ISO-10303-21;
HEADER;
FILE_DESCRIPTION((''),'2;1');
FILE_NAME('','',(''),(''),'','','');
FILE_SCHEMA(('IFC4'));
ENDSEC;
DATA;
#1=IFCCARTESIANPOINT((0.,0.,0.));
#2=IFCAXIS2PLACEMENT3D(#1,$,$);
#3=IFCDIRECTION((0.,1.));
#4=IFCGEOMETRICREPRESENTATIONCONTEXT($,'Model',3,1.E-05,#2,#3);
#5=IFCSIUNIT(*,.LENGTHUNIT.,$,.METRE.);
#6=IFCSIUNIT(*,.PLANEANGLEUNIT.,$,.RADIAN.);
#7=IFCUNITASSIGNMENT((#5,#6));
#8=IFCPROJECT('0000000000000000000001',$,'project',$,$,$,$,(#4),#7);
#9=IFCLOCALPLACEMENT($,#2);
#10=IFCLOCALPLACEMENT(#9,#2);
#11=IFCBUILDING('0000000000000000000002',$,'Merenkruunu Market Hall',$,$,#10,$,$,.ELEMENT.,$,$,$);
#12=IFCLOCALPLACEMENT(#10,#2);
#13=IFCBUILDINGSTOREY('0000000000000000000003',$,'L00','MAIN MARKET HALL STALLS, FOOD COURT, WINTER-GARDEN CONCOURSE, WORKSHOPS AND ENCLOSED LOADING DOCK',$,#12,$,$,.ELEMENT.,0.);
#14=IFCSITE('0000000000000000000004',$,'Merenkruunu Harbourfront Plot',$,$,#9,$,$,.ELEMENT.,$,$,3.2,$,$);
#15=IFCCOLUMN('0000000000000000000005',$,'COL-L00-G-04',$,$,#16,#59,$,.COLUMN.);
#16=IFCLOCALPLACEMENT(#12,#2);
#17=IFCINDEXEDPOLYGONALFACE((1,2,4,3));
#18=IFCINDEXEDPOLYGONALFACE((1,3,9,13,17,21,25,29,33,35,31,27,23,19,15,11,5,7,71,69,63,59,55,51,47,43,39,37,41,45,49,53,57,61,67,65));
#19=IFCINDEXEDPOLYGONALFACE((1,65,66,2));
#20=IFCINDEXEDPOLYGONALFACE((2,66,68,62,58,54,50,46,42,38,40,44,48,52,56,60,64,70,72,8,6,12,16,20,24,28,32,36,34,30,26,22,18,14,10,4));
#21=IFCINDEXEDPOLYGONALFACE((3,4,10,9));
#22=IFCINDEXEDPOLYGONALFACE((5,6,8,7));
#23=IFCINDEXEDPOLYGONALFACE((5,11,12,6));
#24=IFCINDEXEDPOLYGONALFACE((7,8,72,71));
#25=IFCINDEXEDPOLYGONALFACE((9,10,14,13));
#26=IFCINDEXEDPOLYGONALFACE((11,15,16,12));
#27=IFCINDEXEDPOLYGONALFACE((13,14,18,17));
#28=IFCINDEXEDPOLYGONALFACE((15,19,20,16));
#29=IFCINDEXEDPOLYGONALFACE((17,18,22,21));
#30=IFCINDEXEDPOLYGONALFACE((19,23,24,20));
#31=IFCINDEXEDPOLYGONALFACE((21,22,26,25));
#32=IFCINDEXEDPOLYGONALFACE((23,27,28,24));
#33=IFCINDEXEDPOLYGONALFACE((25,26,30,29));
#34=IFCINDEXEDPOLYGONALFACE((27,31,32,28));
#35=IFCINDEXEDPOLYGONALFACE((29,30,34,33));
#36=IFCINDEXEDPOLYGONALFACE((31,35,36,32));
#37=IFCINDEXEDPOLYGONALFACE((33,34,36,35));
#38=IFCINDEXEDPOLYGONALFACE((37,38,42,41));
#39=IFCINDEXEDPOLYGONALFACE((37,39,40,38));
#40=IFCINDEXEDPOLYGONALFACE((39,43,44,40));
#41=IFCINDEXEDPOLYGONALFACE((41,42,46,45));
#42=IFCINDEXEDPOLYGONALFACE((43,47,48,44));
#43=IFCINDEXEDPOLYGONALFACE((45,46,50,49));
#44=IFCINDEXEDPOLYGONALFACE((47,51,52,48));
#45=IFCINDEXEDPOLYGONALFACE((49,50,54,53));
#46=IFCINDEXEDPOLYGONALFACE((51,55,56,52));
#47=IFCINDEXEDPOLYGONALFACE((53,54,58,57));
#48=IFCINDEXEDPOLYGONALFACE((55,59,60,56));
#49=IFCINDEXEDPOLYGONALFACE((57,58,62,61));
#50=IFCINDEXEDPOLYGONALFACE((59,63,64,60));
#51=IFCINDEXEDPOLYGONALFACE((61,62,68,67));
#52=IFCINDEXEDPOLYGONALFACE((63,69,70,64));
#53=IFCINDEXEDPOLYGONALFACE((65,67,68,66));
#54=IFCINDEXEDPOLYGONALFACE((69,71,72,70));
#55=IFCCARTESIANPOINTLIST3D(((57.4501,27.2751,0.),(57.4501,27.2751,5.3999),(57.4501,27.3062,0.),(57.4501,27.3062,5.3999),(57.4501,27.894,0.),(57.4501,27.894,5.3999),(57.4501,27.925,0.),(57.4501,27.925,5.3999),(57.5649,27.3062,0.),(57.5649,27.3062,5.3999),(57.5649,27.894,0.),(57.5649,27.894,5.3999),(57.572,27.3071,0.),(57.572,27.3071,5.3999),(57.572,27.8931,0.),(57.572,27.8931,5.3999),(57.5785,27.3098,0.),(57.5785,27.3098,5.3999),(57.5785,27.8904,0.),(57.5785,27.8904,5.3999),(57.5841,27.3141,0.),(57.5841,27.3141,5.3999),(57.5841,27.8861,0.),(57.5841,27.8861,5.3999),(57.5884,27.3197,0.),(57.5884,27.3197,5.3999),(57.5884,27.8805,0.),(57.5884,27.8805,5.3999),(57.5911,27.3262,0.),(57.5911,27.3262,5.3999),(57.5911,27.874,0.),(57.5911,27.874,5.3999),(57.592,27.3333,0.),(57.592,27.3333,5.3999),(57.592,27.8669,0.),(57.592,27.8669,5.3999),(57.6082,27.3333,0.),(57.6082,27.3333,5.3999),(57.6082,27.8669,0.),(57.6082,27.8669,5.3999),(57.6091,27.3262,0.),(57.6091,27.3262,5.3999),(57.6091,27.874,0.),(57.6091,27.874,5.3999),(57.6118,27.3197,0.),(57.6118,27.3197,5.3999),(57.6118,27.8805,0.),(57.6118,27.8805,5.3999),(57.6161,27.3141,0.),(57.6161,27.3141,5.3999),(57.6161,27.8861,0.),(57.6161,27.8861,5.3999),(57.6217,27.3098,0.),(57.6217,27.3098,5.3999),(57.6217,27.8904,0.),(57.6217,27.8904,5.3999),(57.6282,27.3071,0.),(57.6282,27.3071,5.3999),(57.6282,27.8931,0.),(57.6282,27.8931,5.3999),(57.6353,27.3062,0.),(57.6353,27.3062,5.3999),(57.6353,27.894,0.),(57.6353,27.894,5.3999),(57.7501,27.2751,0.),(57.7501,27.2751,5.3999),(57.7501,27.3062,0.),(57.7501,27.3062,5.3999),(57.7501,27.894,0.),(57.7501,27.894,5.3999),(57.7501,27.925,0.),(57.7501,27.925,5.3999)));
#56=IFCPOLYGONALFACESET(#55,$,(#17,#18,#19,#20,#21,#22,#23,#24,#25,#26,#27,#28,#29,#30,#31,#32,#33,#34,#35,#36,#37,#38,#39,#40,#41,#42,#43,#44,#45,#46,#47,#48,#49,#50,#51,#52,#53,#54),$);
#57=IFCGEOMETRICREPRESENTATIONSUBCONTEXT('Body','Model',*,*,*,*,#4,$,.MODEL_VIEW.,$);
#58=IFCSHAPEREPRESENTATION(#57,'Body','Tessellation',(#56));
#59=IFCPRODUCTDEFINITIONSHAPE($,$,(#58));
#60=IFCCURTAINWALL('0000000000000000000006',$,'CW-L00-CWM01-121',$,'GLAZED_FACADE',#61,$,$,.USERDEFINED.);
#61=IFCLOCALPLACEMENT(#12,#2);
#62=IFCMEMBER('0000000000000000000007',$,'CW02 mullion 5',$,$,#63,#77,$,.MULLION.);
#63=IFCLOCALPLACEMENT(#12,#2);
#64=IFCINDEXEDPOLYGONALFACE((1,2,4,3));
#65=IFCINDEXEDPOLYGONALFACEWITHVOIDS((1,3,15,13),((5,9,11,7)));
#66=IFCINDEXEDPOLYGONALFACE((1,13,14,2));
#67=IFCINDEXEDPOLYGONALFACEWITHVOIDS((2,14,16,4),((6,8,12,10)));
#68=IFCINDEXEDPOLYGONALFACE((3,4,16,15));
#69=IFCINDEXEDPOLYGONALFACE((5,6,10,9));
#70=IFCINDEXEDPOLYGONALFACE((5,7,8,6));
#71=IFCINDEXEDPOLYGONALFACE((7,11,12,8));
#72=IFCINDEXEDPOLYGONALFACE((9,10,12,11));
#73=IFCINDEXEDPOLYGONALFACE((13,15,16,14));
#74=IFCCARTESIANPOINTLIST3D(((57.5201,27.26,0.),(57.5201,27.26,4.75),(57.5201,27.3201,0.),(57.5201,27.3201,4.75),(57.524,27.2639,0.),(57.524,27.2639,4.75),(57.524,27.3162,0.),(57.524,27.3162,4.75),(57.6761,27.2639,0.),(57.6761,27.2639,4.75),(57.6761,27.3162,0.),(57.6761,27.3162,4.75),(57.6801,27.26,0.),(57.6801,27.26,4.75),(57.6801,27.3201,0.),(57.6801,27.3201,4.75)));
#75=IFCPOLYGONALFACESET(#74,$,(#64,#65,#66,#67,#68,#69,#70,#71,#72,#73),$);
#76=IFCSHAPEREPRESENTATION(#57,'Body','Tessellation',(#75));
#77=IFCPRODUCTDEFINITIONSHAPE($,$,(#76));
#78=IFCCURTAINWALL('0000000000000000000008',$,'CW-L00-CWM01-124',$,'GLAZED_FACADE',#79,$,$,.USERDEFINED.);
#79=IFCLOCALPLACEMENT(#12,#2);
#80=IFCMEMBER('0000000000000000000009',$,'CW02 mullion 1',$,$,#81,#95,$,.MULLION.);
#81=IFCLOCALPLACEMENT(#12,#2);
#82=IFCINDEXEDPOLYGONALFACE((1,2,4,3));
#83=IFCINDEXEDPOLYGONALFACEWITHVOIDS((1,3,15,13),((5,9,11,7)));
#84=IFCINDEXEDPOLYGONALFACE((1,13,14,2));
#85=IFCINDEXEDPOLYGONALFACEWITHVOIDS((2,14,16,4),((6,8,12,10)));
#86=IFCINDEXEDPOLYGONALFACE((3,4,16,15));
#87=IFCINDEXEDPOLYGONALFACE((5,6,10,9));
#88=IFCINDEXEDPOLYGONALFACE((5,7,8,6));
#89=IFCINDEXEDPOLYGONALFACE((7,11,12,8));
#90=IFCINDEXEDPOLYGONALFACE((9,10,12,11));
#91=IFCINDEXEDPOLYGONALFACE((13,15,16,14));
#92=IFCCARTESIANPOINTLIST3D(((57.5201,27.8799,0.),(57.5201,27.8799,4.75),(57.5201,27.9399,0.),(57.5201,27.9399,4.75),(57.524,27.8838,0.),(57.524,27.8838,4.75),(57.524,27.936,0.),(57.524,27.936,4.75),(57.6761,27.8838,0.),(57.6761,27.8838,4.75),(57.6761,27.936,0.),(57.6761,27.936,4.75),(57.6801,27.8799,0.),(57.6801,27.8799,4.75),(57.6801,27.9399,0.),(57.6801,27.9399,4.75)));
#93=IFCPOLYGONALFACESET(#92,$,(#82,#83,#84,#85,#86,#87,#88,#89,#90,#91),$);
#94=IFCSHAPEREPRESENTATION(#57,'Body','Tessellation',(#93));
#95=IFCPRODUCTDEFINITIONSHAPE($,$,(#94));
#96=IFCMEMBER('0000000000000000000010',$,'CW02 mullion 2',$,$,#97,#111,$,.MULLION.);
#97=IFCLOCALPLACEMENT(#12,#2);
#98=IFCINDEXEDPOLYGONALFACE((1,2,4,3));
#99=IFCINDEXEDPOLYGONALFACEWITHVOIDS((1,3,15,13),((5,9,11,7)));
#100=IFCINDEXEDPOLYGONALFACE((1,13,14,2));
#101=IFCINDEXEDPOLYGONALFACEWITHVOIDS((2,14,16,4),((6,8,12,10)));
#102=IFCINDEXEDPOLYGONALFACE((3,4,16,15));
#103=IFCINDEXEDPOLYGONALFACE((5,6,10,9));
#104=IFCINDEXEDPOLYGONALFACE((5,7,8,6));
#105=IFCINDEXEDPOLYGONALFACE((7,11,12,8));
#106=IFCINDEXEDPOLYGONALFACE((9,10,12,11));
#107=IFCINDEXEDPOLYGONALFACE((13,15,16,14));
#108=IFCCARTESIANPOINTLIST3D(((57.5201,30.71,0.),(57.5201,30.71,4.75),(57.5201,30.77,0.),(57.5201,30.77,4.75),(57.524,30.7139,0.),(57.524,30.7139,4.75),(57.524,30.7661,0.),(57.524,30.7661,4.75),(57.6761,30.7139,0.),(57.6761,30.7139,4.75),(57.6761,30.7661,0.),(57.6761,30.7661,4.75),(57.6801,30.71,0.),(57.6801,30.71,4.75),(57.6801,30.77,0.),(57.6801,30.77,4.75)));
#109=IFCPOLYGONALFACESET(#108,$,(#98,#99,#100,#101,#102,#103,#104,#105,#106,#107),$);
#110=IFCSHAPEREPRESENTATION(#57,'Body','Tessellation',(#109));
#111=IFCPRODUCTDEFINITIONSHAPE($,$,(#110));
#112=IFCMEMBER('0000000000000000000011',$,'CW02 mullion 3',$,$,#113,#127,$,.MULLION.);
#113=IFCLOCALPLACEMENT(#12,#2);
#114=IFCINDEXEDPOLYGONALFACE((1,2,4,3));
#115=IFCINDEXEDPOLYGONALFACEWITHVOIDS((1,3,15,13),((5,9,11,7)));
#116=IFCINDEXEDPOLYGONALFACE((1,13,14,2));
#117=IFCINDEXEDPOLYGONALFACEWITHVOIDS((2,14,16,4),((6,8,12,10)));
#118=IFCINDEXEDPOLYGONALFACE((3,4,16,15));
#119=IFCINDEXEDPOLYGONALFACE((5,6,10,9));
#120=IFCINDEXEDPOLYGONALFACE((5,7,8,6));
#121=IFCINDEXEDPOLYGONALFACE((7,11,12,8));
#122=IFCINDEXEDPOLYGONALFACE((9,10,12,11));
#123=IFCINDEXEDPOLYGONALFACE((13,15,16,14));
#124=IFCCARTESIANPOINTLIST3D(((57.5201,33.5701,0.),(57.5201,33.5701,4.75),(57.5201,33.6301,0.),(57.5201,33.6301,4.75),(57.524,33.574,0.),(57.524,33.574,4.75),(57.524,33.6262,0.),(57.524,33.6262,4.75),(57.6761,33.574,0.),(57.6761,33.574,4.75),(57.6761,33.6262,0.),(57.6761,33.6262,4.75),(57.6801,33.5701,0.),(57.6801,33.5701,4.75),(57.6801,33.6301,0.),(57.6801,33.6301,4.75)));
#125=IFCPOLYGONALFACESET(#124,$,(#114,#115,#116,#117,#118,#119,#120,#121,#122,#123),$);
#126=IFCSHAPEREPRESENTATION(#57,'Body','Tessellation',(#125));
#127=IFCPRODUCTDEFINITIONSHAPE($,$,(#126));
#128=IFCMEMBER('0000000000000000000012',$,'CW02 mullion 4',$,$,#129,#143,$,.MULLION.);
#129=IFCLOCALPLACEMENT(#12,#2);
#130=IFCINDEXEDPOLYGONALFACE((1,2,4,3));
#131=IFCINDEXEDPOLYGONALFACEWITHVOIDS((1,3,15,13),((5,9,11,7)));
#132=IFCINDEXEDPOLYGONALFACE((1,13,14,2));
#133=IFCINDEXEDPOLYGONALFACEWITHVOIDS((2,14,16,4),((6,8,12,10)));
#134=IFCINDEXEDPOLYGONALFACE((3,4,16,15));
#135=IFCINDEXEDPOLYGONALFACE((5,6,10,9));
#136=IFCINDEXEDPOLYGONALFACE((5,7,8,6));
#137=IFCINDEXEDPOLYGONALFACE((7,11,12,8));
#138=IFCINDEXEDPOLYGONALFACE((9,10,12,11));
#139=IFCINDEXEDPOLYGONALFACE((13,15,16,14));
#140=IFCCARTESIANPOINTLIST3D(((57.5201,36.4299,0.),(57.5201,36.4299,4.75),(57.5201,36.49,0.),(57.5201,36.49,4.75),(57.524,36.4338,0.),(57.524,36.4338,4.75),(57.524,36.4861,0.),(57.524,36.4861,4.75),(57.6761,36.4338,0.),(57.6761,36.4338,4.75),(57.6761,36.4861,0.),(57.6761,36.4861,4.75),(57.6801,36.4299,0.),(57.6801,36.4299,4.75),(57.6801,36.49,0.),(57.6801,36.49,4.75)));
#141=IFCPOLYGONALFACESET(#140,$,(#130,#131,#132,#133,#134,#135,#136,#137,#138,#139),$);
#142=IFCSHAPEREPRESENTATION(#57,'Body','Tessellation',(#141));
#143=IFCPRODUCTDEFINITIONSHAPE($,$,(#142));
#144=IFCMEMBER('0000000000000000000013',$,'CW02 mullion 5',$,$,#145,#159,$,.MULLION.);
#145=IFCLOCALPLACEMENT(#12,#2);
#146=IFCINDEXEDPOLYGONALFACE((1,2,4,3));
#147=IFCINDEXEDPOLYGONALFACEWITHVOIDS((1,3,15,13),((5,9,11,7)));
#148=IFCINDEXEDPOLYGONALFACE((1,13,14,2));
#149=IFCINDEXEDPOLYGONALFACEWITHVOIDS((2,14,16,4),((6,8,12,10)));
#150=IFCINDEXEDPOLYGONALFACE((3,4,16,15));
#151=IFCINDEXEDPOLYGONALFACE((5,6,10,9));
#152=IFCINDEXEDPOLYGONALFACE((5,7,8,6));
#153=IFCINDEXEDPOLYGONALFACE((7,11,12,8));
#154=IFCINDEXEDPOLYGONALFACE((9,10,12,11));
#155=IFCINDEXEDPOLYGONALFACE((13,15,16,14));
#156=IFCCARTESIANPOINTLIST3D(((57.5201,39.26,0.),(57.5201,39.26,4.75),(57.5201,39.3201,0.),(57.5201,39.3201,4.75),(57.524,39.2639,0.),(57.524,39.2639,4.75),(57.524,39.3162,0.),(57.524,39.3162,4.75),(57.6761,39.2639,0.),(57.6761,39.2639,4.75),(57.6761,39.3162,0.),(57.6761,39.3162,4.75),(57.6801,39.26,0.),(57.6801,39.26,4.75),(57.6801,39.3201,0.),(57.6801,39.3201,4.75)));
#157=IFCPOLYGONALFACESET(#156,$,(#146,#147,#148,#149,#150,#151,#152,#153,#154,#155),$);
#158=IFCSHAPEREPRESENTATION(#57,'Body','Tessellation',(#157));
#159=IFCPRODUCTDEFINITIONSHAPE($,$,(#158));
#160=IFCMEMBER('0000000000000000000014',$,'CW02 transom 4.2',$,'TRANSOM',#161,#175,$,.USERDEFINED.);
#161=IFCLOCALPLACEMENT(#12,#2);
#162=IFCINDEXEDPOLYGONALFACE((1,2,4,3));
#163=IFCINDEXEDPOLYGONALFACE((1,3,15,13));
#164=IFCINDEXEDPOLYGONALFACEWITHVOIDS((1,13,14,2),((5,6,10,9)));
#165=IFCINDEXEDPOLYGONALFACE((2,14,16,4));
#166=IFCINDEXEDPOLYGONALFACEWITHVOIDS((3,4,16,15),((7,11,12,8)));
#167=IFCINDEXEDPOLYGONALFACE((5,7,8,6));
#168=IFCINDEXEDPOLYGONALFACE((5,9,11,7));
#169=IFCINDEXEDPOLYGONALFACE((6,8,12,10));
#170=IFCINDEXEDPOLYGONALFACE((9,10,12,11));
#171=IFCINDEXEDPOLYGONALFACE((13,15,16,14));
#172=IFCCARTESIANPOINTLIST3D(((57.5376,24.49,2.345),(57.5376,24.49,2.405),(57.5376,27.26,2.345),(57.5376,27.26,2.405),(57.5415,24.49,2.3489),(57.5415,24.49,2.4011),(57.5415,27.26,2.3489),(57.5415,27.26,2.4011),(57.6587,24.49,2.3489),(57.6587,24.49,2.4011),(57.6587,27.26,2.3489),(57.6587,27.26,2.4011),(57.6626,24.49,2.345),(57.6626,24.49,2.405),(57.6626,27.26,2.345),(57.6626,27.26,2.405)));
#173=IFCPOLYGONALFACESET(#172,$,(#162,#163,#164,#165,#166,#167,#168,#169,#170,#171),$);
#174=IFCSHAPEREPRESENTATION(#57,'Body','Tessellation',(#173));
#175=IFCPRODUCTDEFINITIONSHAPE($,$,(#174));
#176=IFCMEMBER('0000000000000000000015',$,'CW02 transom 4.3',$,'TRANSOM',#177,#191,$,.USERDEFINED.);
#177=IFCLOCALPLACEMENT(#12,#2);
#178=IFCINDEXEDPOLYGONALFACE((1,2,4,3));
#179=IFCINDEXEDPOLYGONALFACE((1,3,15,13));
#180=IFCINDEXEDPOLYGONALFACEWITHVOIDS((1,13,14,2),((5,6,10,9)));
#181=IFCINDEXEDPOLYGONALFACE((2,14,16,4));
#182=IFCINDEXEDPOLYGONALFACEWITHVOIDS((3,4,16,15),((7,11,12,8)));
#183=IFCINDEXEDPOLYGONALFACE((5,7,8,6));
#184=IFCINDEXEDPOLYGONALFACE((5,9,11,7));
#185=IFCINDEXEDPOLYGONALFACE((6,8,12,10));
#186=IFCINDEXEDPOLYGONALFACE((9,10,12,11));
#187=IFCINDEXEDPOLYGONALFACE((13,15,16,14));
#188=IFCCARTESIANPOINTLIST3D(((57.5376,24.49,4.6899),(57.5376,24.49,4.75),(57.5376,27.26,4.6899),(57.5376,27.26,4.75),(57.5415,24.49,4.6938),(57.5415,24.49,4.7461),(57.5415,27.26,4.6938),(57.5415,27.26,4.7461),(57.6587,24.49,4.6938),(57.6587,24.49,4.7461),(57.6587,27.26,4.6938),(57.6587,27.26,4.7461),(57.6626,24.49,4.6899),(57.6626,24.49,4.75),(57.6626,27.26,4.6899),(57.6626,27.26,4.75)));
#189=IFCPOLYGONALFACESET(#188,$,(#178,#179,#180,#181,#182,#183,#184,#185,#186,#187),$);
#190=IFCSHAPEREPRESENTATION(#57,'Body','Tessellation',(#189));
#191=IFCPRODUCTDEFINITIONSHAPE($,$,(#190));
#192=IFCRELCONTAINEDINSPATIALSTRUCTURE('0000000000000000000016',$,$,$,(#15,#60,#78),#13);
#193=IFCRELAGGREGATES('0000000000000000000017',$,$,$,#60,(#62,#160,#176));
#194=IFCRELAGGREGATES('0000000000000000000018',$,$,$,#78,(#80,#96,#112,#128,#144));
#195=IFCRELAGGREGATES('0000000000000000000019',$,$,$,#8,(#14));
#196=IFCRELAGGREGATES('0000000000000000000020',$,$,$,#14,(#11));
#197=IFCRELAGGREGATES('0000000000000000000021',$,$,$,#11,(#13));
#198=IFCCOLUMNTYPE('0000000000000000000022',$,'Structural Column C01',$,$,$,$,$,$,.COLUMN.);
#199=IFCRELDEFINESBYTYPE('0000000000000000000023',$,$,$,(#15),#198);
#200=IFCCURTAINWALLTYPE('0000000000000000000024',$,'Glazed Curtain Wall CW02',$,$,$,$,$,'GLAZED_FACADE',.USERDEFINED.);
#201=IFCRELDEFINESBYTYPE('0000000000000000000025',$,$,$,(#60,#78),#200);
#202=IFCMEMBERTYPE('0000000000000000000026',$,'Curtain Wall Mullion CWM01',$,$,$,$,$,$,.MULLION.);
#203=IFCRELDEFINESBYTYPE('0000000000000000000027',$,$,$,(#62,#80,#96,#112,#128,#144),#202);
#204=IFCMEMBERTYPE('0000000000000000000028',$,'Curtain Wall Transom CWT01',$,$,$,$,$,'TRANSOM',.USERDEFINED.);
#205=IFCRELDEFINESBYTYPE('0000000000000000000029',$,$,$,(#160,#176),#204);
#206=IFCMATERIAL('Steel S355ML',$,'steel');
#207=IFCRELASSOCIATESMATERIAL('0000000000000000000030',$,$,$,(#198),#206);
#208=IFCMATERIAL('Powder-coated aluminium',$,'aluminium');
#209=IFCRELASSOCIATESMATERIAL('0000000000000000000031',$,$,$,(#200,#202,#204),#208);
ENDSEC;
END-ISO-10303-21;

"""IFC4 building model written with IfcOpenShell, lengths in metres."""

from ifc_helpers import new_model, si_unit, direction, frame, origin, origin_2d, place, context, subcontext, project, spatial, hollow_rectangle, i_section, extrude, material, material_profile, profile_set, type_object, element, aggregate, save


model = new_model("IFC4")

# Units and contexts
model_context = context("Model", 3, precision=1e-05, world=origin(), true_north=direction((0.0, 1.0)))
body_context = subcontext(model_context, "Body", "Model", "MODEL_VIEW")
ifc_project = project(units=[si_unit("LENGTHUNIT", "METRE"), si_unit("PLANEANGLEUNIT", "RADIAN")], contexts=[model_context])

# Site, building, storey
site_placement = place(None, origin())
site = spatial("IfcSite", under=ifc_project, at=site_placement, Name="Merenkruunu Harbourfront Plot", CompositionType="ELEMENT", RefElevation=3.2)
building_placement = place(site_placement, origin())
building = spatial("IfcBuilding", under=site, at=building_placement, Name="Merenkruunu Market Hall", CompositionType="ELEMENT")
storey_placement = place(building_placement, origin())
storey = spatial("IfcBuildingStorey", under=building, at=storey_placement, Name="L00", Description="MAIN MARKET HALL STALLS, FOOD COURT, WINTER-GARDEN CONCOURSE, WORKSHOPS AND ENCLOSED LOADING DOCK", CompositionType="ELEMENT", Elevation=0.0)

# Column
ifc_material_1 = material(Name="Steel S355ML", Category="steel")
ifc_material_profile_1 = material_profile(ifc_material_1, i_section(OverallWidth=0.3, OverallDepth=0.6499, WebThickness=0.0161, FlangeThickness=0.031, FilletRadius=0.0271, at=origin_2d()), Name="HEB 650")
ifc_profile_set_1 = profile_set([ifc_material_profile_1], Name="Steel S355ML")
column_type = type_object("IfcColumnType", Name="Structural Column C01", PredefinedType="COLUMN", material=ifc_profile_set_1)
column_placement = place(storey_placement, frame((57.6001, 27.6001, 0.0), z_axis=(0.0, 0.0, 1.0), x_axis=(1.0, 0.0, 0.0)))
element("IfcColumn", 1, at=column_placement, inside=storey, type_object=column_type, Name="COL-L00-G-04", PredefinedType="COLUMN", context=body_context, shape_type="SweptSolid", body=[
    extrude(i_section(OverallWidth=0.3, OverallDepth=0.6499, WebThickness=0.0161, FlangeThickness=0.031, FilletRadius=0.0271, at=origin_2d()), origin(), (0.0, 0.0, 1.0), 5.3999),
])

# Curtain wall, member
ifc_material_2 = material(Name="Powder-coated aluminium", Category="aluminium")
curtain_wall_type = type_object("IfcCurtainWallType", Name="Glazed Curtain Wall CW02", ElementType="GLAZED_FACADE", PredefinedType="USERDEFINED", material=ifc_material_2)
curtain_wall_1_placement = place(storey_placement, origin())
curtain_wall_1 = element("IfcCurtainWall", 2, at=curtain_wall_1_placement, inside=storey, type_object=curtain_wall_type, Name="CW-L00-CWM01-121", ObjectType="GLAZED_FACADE", PredefinedType="USERDEFINED")
ifc_material_profile_2 = material_profile(ifc_material_2, hollow_rectangle(XDim=0.0601, YDim=0.1599, WallThickness=0.0039, at=origin_2d()), Name="ALU 60x160x4")
ifc_profile_set_2 = profile_set([ifc_material_profile_2], Name="Powder-coated aluminium")
member_type_1 = type_object("IfcMemberType", Name="Curtain Wall Mullion CWM01", PredefinedType="MULLION", material=ifc_profile_set_2)
member_1_placement = place(storey_placement, frame((57.6001, 27.29, 0.0), z_axis=(0.0, 0.0, 1.0), x_axis=(0.0, 1.0, 0.0)))
member_1 = element("IfcMember", 3, at=member_1_placement, type_object=member_type_1, Name="CW02 mullion 5", PredefinedType="MULLION", context=body_context, shape_type="SweptSolid", body=[
    extrude(hollow_rectangle(XDim=0.0601, YDim=0.1599, WallThickness=0.0039, at=origin_2d()), origin(), (0.0, 0.0, 1.0), 4.75),
])

# Curtain wall, members
curtain_wall_2_placement = place(storey_placement, origin())
curtain_wall_2 = element("IfcCurtainWall", 4, at=curtain_wall_2_placement, inside=storey, type_object=curtain_wall_type, Name="CW-L00-CWM01-124", ObjectType="GLAZED_FACADE", PredefinedType="USERDEFINED")
member_2_placement = place(storey_placement, frame((57.6001, 27.9099, 0.0), z_axis=(0.0, 0.0, 1.0), x_axis=(0.0, 1.0, 0.0)))
member_2 = element("IfcMember", 5, at=member_2_placement, type_object=member_type_1, Name="CW02 mullion 1", PredefinedType="MULLION", context=body_context, shape_type="SweptSolid", body=[
    extrude(hollow_rectangle(XDim=0.0601, YDim=0.1599, WallThickness=0.0039, at=origin_2d()), origin(), (0.0, 0.0, 1.0), 4.75),
])
member_3_placement = place(storey_placement, frame((57.6001, 30.74, 0.0), z_axis=(0.0, 0.0, 1.0), x_axis=(0.0, 1.0, 0.0)))
member_3 = element("IfcMember", 6, at=member_3_placement, type_object=member_type_1, Name="CW02 mullion 2", PredefinedType="MULLION", context=body_context, shape_type="SweptSolid", body=[
    extrude(hollow_rectangle(XDim=0.0601, YDim=0.1599, WallThickness=0.0039, at=origin_2d()), origin(), (0.0, 0.0, 1.0), 4.75),
])
member_4_placement = place(storey_placement, frame((57.6001, 33.6001, 0.0), z_axis=(0.0, 0.0, 1.0), x_axis=(0.0, 1.0, 0.0)))
member_4 = element("IfcMember", 7, at=member_4_placement, type_object=member_type_1, Name="CW02 mullion 3", PredefinedType="MULLION", context=body_context, shape_type="SweptSolid", body=[
    extrude(hollow_rectangle(XDim=0.0601, YDim=0.1599, WallThickness=0.0039, at=origin_2d()), origin(), (0.0, 0.0, 1.0), 4.75),
])
member_5_placement = place(storey_placement, frame((57.6001, 36.46, 0.0), z_axis=(0.0, 0.0, 1.0), x_axis=(0.0, 1.0, 0.0)))
member_5 = element("IfcMember", 8, at=member_5_placement, type_object=member_type_1, Name="CW02 mullion 4", PredefinedType="MULLION", context=body_context, shape_type="SweptSolid", body=[
    extrude(hollow_rectangle(XDim=0.0601, YDim=0.1599, WallThickness=0.0039, at=origin_2d()), origin(), (0.0, 0.0, 1.0), 4.75),
])
member_6_placement = place(storey_placement, frame((57.6001, 39.29, 0.0), z_axis=(0.0, 0.0, 1.0), x_axis=(0.0, 1.0, 0.0)))
member_6 = element("IfcMember", 9, at=member_6_placement, type_object=member_type_1, Name="CW02 mullion 5", PredefinedType="MULLION", context=body_context, shape_type="SweptSolid", body=[
    extrude(hollow_rectangle(XDim=0.0601, YDim=0.1599, WallThickness=0.0039, at=origin_2d()), origin(), (0.0, 0.0, 1.0), 4.75),
])

# Members
ifc_material_profile_3 = material_profile(ifc_material_2, hollow_rectangle(XDim=0.0601, YDim=0.125, WallThickness=0.0039, at=origin_2d()), Name="ALU 60x125x4")
ifc_profile_set_3 = profile_set([ifc_material_profile_3], Name="Powder-coated aluminium")
member_type_2 = type_object("IfcMemberType", Name="Curtain Wall Transom CWT01", ElementType="TRANSOM", PredefinedType="USERDEFINED", material=ifc_profile_set_3)
member_7_placement = place(storey_placement, frame((57.6001, 24.49, 2.375), z_axis=(0.0, 1.0, 0.0), x_axis=(0.0, 0.0, 1.0)))
member_7 = element("IfcMember", 10, at=member_7_placement, type_object=member_type_2, Name="CW02 transom 4.2", ObjectType="TRANSOM", PredefinedType="USERDEFINED", context=body_context, shape_type="SweptSolid", body=[
    extrude(hollow_rectangle(XDim=0.0601, YDim=0.125, WallThickness=0.0039, at=origin_2d()), origin(), (0.0, 0.0, 1.0), 2.77),
])
member_8_placement = place(storey_placement, frame((57.6001, 24.49, 4.72), z_axis=(0.0, 1.0, 0.0), x_axis=(0.0, 0.0, 1.0)))
member_8 = element("IfcMember", 11, at=member_8_placement, type_object=member_type_2, Name="CW02 transom 4.3", ObjectType="TRANSOM", PredefinedType="USERDEFINED", context=body_context, shape_type="SweptSolid", body=[
    extrude(hollow_rectangle(XDim=0.0601, YDim=0.125, WallThickness=0.0039, at=origin_2d()), origin(), (0.0, 0.0, 1.0), 2.77),
])

aggregate(curtain_wall_1, [member_1, member_7, member_8])
aggregate(curtain_wall_2, [member_2, member_3, member_4, member_5, member_6])

save(model, "model.ifc")
